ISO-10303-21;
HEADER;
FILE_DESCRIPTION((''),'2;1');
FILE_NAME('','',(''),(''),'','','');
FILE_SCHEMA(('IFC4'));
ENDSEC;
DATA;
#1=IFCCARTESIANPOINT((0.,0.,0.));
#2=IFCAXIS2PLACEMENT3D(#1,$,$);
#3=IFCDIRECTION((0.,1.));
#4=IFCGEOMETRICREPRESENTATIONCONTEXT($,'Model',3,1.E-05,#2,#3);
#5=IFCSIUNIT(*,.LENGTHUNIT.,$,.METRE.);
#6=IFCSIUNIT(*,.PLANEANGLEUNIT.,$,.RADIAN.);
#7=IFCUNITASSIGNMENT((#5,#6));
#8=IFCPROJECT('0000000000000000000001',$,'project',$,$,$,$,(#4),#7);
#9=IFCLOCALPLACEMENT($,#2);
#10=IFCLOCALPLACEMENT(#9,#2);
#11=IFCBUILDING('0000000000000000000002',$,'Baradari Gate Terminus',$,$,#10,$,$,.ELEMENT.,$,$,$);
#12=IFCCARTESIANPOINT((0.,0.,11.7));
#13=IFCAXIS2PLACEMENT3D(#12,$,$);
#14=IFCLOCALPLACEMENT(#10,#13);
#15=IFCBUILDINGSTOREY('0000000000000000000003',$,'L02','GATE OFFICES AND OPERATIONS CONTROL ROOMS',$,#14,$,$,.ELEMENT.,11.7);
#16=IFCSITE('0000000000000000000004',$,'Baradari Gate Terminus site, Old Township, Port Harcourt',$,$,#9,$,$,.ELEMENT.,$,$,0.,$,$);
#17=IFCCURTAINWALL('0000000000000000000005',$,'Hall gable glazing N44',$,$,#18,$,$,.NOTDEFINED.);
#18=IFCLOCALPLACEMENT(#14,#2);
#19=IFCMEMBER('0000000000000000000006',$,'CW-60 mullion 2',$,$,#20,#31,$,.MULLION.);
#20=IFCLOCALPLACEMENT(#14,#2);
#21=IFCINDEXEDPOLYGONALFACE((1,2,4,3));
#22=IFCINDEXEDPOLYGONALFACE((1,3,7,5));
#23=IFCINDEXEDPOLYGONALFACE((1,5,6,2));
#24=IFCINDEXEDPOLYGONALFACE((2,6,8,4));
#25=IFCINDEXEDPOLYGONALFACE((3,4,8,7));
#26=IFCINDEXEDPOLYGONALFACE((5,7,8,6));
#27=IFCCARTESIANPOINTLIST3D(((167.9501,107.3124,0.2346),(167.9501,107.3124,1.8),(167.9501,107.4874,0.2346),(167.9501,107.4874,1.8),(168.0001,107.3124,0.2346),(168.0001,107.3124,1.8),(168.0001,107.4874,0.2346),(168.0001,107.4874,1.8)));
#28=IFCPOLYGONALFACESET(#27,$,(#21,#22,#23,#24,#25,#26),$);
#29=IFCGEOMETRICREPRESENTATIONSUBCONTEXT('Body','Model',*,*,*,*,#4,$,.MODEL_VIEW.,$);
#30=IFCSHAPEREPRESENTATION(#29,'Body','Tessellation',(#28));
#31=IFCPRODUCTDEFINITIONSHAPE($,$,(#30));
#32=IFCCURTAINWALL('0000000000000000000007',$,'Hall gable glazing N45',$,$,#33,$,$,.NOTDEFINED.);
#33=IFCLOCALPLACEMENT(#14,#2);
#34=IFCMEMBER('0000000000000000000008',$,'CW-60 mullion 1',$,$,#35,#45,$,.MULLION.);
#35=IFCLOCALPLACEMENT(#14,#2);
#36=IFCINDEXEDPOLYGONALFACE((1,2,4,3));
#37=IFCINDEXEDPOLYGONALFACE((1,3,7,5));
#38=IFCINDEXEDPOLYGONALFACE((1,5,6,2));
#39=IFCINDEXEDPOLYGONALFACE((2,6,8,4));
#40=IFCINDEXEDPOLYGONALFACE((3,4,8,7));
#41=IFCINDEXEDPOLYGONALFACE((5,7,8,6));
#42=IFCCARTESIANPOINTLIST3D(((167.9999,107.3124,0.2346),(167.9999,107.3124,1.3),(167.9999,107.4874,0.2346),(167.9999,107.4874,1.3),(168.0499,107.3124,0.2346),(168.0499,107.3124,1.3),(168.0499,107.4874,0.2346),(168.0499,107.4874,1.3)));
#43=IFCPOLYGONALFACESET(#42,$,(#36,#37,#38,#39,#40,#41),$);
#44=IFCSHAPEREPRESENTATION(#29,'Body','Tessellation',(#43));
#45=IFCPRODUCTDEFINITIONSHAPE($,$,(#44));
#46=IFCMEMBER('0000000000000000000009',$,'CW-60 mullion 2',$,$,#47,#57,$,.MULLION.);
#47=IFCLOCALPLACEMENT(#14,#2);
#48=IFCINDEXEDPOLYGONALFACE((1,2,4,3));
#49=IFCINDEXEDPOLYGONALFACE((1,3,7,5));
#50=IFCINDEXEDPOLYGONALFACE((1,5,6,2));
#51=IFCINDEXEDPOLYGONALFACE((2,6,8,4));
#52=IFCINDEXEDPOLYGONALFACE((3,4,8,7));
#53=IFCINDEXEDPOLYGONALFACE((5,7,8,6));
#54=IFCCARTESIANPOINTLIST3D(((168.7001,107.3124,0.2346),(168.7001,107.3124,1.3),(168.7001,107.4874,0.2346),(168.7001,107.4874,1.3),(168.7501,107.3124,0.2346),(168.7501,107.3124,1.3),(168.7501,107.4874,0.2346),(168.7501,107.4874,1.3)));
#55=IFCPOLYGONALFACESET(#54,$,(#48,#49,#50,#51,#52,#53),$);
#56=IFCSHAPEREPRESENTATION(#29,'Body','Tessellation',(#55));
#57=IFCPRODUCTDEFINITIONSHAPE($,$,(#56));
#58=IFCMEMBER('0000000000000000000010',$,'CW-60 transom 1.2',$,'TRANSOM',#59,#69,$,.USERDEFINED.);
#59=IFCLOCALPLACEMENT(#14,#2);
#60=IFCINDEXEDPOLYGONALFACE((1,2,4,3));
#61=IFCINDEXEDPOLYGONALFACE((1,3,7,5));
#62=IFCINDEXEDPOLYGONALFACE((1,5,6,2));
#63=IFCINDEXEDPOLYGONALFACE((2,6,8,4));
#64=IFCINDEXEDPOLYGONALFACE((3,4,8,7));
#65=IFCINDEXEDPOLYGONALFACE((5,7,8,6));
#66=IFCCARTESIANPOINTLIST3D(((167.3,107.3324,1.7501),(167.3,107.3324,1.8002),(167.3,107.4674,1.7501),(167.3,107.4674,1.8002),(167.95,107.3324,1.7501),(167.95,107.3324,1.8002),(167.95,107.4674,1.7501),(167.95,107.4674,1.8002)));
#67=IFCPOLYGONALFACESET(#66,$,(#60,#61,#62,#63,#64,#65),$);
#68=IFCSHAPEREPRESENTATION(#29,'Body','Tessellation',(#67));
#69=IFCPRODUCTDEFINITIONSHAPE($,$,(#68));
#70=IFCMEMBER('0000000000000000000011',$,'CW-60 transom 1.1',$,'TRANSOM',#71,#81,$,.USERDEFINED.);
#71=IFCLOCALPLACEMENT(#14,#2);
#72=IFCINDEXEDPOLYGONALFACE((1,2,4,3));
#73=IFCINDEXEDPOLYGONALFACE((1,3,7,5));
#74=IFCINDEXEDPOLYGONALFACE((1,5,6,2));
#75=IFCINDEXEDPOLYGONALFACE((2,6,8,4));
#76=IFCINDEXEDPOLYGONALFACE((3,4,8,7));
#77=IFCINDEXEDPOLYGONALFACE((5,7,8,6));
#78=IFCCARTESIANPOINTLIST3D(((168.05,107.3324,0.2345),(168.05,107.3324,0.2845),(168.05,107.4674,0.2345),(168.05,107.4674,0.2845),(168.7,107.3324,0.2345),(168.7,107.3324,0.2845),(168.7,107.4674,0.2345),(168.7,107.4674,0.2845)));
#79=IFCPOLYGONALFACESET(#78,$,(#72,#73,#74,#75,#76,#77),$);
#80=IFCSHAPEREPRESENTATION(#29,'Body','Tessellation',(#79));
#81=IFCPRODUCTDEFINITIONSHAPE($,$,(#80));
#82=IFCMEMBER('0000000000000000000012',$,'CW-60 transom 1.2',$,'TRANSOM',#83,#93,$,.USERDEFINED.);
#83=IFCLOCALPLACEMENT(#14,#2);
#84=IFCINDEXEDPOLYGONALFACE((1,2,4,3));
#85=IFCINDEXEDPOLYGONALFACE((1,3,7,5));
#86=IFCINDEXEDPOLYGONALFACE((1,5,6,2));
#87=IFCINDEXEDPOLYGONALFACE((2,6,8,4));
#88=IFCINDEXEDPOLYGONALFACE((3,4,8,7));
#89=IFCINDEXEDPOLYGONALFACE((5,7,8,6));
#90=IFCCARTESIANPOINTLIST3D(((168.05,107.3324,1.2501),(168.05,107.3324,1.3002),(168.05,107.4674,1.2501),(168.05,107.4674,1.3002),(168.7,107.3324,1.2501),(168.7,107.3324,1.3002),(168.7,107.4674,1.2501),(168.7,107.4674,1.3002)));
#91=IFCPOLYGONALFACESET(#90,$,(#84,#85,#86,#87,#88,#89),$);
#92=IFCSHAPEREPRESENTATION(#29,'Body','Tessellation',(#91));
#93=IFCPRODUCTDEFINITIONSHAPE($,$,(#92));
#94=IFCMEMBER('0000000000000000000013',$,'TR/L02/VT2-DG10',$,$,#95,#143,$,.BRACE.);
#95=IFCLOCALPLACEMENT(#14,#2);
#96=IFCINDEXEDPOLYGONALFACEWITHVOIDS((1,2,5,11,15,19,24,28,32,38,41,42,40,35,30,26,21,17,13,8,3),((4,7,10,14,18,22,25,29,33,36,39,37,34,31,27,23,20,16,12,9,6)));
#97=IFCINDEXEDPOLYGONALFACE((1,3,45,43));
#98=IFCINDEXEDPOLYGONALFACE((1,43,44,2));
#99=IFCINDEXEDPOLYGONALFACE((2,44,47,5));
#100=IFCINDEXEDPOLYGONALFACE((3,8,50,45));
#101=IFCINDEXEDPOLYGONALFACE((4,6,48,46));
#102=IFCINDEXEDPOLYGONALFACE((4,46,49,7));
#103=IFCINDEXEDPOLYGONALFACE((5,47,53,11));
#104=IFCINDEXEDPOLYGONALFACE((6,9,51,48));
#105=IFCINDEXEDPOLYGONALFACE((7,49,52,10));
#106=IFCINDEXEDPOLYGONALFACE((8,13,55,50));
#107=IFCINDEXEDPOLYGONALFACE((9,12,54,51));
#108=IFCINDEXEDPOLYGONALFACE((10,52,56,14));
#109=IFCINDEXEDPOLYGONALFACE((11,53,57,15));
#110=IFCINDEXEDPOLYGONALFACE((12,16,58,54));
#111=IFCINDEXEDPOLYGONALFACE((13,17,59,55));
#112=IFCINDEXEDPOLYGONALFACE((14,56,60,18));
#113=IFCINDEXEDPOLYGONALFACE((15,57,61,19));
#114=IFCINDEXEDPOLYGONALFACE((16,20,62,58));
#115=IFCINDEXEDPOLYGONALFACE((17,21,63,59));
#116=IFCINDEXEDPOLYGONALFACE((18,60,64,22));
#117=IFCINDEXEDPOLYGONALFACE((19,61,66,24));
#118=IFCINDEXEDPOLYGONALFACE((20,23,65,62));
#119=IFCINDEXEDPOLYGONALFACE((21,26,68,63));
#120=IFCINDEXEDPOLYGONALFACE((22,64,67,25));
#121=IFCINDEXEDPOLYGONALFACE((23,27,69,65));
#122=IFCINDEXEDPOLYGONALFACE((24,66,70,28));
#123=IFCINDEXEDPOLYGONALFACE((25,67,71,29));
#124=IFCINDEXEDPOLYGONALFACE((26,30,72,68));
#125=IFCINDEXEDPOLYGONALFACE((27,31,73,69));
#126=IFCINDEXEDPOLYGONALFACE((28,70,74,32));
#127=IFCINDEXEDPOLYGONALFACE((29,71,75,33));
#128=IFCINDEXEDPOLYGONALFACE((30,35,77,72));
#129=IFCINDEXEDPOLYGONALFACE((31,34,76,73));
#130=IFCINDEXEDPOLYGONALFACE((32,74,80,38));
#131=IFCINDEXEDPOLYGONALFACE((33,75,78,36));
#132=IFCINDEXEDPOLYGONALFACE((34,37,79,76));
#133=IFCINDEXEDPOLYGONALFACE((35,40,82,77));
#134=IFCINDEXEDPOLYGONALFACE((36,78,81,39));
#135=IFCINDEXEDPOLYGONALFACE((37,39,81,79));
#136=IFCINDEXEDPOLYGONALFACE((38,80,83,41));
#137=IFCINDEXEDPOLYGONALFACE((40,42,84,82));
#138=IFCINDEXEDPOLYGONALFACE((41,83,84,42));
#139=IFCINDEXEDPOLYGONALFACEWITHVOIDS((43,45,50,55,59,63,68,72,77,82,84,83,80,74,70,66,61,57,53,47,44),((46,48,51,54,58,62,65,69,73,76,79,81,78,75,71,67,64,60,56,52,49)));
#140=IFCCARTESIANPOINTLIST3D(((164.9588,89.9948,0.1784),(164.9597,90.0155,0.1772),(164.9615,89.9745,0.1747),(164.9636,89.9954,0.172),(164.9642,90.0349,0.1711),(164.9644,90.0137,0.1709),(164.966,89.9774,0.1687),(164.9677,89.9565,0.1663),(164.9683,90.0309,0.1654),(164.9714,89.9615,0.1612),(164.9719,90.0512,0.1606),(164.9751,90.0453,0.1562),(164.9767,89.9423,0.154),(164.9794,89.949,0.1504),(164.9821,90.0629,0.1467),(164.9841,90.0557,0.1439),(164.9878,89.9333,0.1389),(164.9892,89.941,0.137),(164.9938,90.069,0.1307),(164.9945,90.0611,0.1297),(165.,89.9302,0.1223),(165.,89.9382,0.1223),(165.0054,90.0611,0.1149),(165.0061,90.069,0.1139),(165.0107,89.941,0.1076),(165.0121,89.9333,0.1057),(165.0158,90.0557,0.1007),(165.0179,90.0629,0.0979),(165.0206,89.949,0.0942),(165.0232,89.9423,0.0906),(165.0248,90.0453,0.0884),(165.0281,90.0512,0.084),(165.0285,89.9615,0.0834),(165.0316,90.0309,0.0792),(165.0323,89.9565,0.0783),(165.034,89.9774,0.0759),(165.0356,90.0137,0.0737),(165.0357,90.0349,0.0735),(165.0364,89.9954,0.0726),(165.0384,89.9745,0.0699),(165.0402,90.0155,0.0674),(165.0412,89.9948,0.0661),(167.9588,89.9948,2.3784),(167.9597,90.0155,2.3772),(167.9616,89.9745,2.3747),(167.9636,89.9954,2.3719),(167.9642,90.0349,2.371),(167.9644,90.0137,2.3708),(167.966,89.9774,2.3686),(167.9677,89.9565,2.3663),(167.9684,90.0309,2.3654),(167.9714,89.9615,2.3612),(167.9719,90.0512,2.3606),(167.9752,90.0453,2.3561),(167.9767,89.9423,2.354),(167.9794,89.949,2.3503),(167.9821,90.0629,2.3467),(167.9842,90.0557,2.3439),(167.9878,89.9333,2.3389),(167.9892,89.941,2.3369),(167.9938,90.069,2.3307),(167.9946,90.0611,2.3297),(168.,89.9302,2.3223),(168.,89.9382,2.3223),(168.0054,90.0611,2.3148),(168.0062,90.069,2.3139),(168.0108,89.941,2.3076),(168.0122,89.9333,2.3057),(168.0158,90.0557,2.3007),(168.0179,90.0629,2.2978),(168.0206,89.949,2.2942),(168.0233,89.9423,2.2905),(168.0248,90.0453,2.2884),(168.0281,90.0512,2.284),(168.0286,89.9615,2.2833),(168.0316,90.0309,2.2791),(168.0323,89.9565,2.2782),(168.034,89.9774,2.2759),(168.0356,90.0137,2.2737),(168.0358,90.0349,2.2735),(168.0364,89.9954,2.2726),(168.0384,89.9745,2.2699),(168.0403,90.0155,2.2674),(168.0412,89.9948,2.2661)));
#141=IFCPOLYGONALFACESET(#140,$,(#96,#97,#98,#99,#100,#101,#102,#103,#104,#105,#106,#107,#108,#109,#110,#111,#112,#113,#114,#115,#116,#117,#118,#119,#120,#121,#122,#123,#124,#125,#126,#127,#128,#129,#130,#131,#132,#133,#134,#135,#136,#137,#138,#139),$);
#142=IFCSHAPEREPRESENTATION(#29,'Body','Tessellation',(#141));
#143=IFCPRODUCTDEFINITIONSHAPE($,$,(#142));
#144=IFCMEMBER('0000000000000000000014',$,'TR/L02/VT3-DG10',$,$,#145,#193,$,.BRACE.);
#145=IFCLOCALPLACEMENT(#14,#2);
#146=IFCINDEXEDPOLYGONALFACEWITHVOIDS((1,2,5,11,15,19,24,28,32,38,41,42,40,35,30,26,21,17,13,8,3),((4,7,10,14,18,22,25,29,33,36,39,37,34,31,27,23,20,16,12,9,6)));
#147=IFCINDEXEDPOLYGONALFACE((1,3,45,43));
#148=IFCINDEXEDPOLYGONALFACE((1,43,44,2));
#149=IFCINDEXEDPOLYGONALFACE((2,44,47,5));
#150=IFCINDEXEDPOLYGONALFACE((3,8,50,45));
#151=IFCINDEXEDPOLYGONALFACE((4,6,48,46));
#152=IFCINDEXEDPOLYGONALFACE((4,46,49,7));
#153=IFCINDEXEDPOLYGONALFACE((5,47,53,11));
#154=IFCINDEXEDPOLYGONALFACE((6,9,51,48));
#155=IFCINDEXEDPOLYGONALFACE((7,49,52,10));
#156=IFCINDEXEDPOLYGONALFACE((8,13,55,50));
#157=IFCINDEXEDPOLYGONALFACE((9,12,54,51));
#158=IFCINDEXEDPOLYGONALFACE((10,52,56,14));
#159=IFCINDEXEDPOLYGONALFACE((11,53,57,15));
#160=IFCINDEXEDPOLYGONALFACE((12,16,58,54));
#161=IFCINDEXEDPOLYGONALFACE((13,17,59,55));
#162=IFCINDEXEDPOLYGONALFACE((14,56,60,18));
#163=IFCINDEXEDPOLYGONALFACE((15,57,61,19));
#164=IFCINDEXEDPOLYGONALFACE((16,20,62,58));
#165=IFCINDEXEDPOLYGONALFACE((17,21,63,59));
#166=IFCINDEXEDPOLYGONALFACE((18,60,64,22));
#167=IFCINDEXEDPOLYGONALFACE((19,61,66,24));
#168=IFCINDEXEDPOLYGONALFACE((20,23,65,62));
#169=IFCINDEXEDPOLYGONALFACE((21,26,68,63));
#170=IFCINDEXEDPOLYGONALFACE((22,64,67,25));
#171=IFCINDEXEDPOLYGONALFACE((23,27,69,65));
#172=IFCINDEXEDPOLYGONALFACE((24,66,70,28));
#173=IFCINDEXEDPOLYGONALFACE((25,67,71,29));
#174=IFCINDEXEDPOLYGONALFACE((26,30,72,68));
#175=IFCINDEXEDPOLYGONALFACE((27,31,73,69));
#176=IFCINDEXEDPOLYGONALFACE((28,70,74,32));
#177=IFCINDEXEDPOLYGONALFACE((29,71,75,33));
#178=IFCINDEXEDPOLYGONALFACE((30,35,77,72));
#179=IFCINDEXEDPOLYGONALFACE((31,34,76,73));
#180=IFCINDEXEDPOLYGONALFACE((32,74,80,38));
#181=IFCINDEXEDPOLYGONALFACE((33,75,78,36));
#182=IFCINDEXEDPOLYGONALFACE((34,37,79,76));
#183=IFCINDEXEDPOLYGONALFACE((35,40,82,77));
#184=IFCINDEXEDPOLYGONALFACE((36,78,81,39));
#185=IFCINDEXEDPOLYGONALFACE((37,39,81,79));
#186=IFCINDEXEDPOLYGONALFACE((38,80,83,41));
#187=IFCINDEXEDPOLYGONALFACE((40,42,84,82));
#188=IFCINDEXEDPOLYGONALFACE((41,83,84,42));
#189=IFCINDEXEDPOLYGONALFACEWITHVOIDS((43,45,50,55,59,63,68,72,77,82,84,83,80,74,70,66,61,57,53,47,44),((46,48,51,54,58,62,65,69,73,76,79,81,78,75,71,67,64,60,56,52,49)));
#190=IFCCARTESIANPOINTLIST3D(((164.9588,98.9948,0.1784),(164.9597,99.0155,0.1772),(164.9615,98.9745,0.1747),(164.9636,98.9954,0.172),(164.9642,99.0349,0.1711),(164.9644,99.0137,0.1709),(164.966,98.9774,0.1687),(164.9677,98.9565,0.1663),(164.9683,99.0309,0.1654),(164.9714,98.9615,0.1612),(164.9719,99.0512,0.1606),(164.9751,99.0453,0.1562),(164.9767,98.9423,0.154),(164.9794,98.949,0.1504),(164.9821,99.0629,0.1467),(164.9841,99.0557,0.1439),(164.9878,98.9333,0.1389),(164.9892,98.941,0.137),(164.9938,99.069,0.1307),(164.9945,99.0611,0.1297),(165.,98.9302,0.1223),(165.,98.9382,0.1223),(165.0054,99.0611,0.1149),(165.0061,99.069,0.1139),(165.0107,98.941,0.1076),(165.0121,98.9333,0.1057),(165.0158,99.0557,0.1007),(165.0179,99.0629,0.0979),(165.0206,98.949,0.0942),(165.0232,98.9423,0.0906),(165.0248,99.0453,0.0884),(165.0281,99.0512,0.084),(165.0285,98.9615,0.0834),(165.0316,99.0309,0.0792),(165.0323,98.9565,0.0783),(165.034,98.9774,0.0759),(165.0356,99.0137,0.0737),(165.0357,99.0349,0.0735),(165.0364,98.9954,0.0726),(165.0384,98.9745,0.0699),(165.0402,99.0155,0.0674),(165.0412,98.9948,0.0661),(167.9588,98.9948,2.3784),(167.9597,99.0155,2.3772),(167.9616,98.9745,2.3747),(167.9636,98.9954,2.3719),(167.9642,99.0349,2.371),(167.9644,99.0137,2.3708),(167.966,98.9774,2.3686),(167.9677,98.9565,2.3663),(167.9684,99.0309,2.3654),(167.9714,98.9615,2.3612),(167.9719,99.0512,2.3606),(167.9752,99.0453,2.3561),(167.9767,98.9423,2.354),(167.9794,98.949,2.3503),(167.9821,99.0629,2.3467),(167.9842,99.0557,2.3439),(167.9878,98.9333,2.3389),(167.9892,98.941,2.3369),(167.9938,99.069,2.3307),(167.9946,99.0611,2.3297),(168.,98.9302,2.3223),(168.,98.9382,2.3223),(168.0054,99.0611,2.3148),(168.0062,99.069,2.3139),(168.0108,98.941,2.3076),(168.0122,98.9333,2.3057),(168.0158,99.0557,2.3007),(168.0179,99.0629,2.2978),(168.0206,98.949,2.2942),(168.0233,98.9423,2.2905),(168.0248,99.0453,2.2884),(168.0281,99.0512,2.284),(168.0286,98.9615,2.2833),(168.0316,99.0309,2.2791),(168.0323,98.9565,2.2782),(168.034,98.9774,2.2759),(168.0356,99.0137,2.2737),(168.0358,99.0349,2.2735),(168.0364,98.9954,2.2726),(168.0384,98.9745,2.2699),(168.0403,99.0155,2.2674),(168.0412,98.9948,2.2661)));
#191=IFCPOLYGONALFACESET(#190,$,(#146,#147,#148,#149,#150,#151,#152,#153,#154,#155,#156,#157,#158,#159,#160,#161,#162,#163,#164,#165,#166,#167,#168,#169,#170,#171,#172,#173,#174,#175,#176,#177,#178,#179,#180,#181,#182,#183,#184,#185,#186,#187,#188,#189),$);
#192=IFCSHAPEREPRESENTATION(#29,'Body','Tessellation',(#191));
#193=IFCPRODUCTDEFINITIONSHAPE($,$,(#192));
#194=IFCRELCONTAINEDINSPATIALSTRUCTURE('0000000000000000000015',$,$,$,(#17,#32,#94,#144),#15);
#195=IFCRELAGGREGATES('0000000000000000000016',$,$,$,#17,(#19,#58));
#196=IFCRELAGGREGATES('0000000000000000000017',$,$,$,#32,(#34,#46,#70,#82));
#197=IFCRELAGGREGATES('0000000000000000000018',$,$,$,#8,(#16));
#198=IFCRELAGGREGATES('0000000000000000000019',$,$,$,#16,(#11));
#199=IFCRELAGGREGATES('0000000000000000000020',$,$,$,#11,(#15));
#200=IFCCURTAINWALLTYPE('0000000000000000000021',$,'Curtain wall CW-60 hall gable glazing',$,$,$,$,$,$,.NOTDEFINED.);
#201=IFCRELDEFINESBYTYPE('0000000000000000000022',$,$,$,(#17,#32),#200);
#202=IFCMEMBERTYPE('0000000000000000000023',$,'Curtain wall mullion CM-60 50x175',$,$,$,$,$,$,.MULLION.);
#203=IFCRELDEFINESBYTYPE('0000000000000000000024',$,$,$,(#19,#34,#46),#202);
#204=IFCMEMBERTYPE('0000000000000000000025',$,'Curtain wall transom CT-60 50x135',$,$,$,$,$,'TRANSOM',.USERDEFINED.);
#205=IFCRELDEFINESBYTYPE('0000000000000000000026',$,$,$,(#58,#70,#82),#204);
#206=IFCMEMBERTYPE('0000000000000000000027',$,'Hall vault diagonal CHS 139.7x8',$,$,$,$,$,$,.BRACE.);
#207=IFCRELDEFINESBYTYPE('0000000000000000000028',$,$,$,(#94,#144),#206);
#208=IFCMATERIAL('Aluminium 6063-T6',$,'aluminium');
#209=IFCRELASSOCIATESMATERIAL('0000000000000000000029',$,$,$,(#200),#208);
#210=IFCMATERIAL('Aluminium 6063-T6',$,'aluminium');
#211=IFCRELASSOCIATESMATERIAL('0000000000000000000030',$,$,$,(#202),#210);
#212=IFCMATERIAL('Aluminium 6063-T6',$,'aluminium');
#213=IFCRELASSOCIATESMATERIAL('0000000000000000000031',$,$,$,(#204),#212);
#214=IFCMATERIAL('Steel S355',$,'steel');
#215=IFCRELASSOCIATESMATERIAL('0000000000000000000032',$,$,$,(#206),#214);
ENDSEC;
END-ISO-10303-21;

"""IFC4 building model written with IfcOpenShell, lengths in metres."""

from ifc_helpers import new_model, si_unit, direction, frame, origin, origin_2d, place, context, subcontext, project, spatial, rectangle, hollow_circle, extrude, material, material_profile, profile_set, type_object, element, aggregate, save


model = new_model("IFC4")

# Units and contexts
model_context = context("Model", 3, precision=1e-05, world=origin(), true_north=direction((0.0, 1.0)))
body_context = subcontext(model_context, "Body", "Model", "MODEL_VIEW")
ifc_project = project(units=[si_unit("LENGTHUNIT", "METRE"), si_unit("PLANEANGLEUNIT", "RADIAN")], contexts=[model_context])

# Site, building, storey
site_placement = place(None, origin())
site = spatial("IfcSite", under=ifc_project, at=site_placement, Name="Baradari Gate Terminus site, Old Township, Port Harcourt", CompositionType="ELEMENT", RefElevation=0.0)
building_placement = place(site_placement, origin())
building = spatial("IfcBuilding", under=site, at=building_placement, Name="Baradari Gate Terminus", CompositionType="ELEMENT")
storey_placement = place(building_placement, frame((0.0, 0.0, 11.7)))
storey = spatial("IfcBuildingStorey", under=building, at=storey_placement, Name="L02", Description="GATE OFFICES AND OPERATIONS CONTROL ROOMS", CompositionType="ELEMENT", Elevation=11.7)

# Curtain wall, member
ifc_material_1 = material(Name="Aluminium 6063-T6", Category="aluminium")
curtain_wall_type = type_object("IfcCurtainWallType", Name="Curtain wall CW-60 hall gable glazing", PredefinedType="NOTDEFINED", material=ifc_material_1)
curtain_wall_1_placement = place(storey_placement, origin())
curtain_wall_1 = element("IfcCurtainWall", 1, at=curtain_wall_1_placement, inside=storey, type_object=curtain_wall_type, Name="Hall gable glazing N44", PredefinedType="NOTDEFINED")
ifc_material_2 = material(Name="Aluminium 6063-T6", Category="aluminium")
ifc_material_profile_1 = material_profile(ifc_material_2, rectangle(XDim=0.175, YDim=0.05, at=origin_2d()), Name="CM-60 50X175")
ifc_profile_set_1 = profile_set([ifc_material_profile_1], Name="Aluminium 6063-T6")
member_type_1 = type_object("IfcMemberType", Name="Curtain wall mullion CM-60 50x175", PredefinedType="MULLION", material=ifc_profile_set_1)
member_1_placement = place(storey_placement, frame((167.9751, 107.3999, 0.2346), z_axis=(0.0, 0.0, 1.0), x_axis=(0.0, 1.0, 0.0)))
member_1 = element("IfcMember", 2, at=member_1_placement, type_object=member_type_1, Name="CW-60 mullion 2", PredefinedType="MULLION", context=body_context, shape_type="SweptSolid", body=[
    extrude(rectangle(XDim=0.175, YDim=0.05, at=origin_2d()), origin(), (0.0, 0.0, 1.0), 1.5654),
])

# Curtain wall, members
curtain_wall_2_placement = place(storey_placement, origin())
curtain_wall_2 = element("IfcCurtainWall", 3, at=curtain_wall_2_placement, inside=storey, type_object=curtain_wall_type, Name="Hall gable glazing N45", PredefinedType="NOTDEFINED")
member_2_placement = place(storey_placement, frame((168.0249, 107.3999, 0.2346), z_axis=(0.0, 0.0, 1.0), x_axis=(0.0, 1.0, 0.0)))
member_2 = element("IfcMember", 4, at=member_2_placement, type_object=member_type_1, Name="CW-60 mullion 1", PredefinedType="MULLION", context=body_context, shape_type="SweptSolid", body=[
    extrude(rectangle(XDim=0.175, YDim=0.05, at=origin_2d()), origin(), (0.0, 0.0, 1.0), 1.0654),
])
member_3_placement = place(storey_placement, frame((168.7251, 107.3999, 0.2346), z_axis=(0.0, 0.0, 1.0), x_axis=(0.0, 1.0, 0.0)))
member_3 = element("IfcMember", 5, at=member_3_placement, type_object=member_type_1, Name="CW-60 mullion 2", PredefinedType="MULLION", context=body_context, shape_type="SweptSolid", body=[
    extrude(rectangle(XDim=0.175, YDim=0.05, at=origin_2d()), origin(), (0.0, 0.0, 1.0), 1.0654),
])

# Members
ifc_material_3 = material(Name="Aluminium 6063-T6", Category="aluminium")
ifc_material_profile_2 = material_profile(ifc_material_3, rectangle(XDim=0.135, YDim=0.05, at=origin_2d()), Name="CT-60 50X135")
ifc_profile_set_2 = profile_set([ifc_material_profile_2], Name="Aluminium 6063-T6")
member_type_2 = type_object("IfcMemberType", Name="Curtain wall transom CT-60 50x135", ElementType="TRANSOM", PredefinedType="USERDEFINED", material=ifc_profile_set_2)
member_4_placement = place(storey_placement, frame((167.3, 107.3999, 1.7751), z_axis=(1.0, 0.0, 0.0), x_axis=(0.0, 1.0, 0.0)))
member_4 = element("IfcMember", 6, at=member_4_placement, type_object=member_type_2, Name="CW-60 transom 1.2", ObjectType="TRANSOM", PredefinedType="USERDEFINED", context=body_context, shape_type="SweptSolid", body=[
    extrude(rectangle(XDim=0.135, YDim=0.05, at=origin_2d()), origin(), (0.0, 0.0, 1.0), 0.6499),
])
member_5_placement = place(storey_placement, frame((168.05, 107.3999, 0.2595), z_axis=(1.0, 0.0, 0.0), x_axis=(0.0, 1.0, 0.0)))
member_5 = element("IfcMember", 7, at=member_5_placement, type_object=member_type_2, Name="CW-60 transom 1.1", ObjectType="TRANSOM", PredefinedType="USERDEFINED", context=body_context, shape_type="SweptSolid", body=[
    extrude(rectangle(XDim=0.135, YDim=0.05, at=origin_2d()), origin(), (0.0, 0.0, 1.0), 0.6499),
])
member_6_placement = place(storey_placement, frame((168.05, 107.3999, 1.2751), z_axis=(1.0, 0.0, 0.0), x_axis=(0.0, 1.0, 0.0)))
member_6 = element("IfcMember", 8, at=member_6_placement, type_object=member_type_2, Name="CW-60 transom 1.2", ObjectType="TRANSOM", PredefinedType="USERDEFINED", context=body_context, shape_type="SweptSolid", body=[
    extrude(rectangle(XDim=0.135, YDim=0.05, at=origin_2d()), origin(), (0.0, 0.0, 1.0), 0.6499),
])

# Members
ifc_material_4 = material(Name="Steel S355", Category="steel")
ifc_material_profile_3 = material_profile(ifc_material_4, hollow_circle(Radius=0.0698, WallThickness=0.0081, at=origin_2d()), Name="CHS 139.7x8")
ifc_profile_set_3 = profile_set([ifc_material_profile_3], Name="Steel S355")
member_type_3 = type_object("IfcMemberType", Name="Hall vault diagonal CHS 139.7x8", PredefinedType="BRACE", material=ifc_profile_set_3)
for number, where, z_axis, x_axis, name in (
    (9, (168.0, 90.0, 2.3223), (-0.806411, 0.0, -0.591355), (0.0, -1.0, 0.0), "TR/L02/VT2-DG10"),
    (10, (168.0, 99.0, 2.3223), (-0.806411, 0.0, -0.591355), (0.0, -1.0, 0.0), "TR/L02/VT3-DG10"),
):
    element("IfcMember", number, at=place(storey_placement, frame(where, z_axis=z_axis, x_axis=x_axis)), inside=storey, type_object=member_type_3, Name=name, PredefinedType="BRACE", context=body_context, shape_type="SweptSolid", body=[
        extrude(hollow_circle(Radius=0.0698, WallThickness=0.0081, at=origin_2d()), origin(), (0.0, 0.0, 1.0), 3.7202),
    ])

aggregate(curtain_wall_1, [member_1, member_4])
aggregate(curtain_wall_2, [member_2, member_3, member_5, member_6])

save(model, "model.ifc")
